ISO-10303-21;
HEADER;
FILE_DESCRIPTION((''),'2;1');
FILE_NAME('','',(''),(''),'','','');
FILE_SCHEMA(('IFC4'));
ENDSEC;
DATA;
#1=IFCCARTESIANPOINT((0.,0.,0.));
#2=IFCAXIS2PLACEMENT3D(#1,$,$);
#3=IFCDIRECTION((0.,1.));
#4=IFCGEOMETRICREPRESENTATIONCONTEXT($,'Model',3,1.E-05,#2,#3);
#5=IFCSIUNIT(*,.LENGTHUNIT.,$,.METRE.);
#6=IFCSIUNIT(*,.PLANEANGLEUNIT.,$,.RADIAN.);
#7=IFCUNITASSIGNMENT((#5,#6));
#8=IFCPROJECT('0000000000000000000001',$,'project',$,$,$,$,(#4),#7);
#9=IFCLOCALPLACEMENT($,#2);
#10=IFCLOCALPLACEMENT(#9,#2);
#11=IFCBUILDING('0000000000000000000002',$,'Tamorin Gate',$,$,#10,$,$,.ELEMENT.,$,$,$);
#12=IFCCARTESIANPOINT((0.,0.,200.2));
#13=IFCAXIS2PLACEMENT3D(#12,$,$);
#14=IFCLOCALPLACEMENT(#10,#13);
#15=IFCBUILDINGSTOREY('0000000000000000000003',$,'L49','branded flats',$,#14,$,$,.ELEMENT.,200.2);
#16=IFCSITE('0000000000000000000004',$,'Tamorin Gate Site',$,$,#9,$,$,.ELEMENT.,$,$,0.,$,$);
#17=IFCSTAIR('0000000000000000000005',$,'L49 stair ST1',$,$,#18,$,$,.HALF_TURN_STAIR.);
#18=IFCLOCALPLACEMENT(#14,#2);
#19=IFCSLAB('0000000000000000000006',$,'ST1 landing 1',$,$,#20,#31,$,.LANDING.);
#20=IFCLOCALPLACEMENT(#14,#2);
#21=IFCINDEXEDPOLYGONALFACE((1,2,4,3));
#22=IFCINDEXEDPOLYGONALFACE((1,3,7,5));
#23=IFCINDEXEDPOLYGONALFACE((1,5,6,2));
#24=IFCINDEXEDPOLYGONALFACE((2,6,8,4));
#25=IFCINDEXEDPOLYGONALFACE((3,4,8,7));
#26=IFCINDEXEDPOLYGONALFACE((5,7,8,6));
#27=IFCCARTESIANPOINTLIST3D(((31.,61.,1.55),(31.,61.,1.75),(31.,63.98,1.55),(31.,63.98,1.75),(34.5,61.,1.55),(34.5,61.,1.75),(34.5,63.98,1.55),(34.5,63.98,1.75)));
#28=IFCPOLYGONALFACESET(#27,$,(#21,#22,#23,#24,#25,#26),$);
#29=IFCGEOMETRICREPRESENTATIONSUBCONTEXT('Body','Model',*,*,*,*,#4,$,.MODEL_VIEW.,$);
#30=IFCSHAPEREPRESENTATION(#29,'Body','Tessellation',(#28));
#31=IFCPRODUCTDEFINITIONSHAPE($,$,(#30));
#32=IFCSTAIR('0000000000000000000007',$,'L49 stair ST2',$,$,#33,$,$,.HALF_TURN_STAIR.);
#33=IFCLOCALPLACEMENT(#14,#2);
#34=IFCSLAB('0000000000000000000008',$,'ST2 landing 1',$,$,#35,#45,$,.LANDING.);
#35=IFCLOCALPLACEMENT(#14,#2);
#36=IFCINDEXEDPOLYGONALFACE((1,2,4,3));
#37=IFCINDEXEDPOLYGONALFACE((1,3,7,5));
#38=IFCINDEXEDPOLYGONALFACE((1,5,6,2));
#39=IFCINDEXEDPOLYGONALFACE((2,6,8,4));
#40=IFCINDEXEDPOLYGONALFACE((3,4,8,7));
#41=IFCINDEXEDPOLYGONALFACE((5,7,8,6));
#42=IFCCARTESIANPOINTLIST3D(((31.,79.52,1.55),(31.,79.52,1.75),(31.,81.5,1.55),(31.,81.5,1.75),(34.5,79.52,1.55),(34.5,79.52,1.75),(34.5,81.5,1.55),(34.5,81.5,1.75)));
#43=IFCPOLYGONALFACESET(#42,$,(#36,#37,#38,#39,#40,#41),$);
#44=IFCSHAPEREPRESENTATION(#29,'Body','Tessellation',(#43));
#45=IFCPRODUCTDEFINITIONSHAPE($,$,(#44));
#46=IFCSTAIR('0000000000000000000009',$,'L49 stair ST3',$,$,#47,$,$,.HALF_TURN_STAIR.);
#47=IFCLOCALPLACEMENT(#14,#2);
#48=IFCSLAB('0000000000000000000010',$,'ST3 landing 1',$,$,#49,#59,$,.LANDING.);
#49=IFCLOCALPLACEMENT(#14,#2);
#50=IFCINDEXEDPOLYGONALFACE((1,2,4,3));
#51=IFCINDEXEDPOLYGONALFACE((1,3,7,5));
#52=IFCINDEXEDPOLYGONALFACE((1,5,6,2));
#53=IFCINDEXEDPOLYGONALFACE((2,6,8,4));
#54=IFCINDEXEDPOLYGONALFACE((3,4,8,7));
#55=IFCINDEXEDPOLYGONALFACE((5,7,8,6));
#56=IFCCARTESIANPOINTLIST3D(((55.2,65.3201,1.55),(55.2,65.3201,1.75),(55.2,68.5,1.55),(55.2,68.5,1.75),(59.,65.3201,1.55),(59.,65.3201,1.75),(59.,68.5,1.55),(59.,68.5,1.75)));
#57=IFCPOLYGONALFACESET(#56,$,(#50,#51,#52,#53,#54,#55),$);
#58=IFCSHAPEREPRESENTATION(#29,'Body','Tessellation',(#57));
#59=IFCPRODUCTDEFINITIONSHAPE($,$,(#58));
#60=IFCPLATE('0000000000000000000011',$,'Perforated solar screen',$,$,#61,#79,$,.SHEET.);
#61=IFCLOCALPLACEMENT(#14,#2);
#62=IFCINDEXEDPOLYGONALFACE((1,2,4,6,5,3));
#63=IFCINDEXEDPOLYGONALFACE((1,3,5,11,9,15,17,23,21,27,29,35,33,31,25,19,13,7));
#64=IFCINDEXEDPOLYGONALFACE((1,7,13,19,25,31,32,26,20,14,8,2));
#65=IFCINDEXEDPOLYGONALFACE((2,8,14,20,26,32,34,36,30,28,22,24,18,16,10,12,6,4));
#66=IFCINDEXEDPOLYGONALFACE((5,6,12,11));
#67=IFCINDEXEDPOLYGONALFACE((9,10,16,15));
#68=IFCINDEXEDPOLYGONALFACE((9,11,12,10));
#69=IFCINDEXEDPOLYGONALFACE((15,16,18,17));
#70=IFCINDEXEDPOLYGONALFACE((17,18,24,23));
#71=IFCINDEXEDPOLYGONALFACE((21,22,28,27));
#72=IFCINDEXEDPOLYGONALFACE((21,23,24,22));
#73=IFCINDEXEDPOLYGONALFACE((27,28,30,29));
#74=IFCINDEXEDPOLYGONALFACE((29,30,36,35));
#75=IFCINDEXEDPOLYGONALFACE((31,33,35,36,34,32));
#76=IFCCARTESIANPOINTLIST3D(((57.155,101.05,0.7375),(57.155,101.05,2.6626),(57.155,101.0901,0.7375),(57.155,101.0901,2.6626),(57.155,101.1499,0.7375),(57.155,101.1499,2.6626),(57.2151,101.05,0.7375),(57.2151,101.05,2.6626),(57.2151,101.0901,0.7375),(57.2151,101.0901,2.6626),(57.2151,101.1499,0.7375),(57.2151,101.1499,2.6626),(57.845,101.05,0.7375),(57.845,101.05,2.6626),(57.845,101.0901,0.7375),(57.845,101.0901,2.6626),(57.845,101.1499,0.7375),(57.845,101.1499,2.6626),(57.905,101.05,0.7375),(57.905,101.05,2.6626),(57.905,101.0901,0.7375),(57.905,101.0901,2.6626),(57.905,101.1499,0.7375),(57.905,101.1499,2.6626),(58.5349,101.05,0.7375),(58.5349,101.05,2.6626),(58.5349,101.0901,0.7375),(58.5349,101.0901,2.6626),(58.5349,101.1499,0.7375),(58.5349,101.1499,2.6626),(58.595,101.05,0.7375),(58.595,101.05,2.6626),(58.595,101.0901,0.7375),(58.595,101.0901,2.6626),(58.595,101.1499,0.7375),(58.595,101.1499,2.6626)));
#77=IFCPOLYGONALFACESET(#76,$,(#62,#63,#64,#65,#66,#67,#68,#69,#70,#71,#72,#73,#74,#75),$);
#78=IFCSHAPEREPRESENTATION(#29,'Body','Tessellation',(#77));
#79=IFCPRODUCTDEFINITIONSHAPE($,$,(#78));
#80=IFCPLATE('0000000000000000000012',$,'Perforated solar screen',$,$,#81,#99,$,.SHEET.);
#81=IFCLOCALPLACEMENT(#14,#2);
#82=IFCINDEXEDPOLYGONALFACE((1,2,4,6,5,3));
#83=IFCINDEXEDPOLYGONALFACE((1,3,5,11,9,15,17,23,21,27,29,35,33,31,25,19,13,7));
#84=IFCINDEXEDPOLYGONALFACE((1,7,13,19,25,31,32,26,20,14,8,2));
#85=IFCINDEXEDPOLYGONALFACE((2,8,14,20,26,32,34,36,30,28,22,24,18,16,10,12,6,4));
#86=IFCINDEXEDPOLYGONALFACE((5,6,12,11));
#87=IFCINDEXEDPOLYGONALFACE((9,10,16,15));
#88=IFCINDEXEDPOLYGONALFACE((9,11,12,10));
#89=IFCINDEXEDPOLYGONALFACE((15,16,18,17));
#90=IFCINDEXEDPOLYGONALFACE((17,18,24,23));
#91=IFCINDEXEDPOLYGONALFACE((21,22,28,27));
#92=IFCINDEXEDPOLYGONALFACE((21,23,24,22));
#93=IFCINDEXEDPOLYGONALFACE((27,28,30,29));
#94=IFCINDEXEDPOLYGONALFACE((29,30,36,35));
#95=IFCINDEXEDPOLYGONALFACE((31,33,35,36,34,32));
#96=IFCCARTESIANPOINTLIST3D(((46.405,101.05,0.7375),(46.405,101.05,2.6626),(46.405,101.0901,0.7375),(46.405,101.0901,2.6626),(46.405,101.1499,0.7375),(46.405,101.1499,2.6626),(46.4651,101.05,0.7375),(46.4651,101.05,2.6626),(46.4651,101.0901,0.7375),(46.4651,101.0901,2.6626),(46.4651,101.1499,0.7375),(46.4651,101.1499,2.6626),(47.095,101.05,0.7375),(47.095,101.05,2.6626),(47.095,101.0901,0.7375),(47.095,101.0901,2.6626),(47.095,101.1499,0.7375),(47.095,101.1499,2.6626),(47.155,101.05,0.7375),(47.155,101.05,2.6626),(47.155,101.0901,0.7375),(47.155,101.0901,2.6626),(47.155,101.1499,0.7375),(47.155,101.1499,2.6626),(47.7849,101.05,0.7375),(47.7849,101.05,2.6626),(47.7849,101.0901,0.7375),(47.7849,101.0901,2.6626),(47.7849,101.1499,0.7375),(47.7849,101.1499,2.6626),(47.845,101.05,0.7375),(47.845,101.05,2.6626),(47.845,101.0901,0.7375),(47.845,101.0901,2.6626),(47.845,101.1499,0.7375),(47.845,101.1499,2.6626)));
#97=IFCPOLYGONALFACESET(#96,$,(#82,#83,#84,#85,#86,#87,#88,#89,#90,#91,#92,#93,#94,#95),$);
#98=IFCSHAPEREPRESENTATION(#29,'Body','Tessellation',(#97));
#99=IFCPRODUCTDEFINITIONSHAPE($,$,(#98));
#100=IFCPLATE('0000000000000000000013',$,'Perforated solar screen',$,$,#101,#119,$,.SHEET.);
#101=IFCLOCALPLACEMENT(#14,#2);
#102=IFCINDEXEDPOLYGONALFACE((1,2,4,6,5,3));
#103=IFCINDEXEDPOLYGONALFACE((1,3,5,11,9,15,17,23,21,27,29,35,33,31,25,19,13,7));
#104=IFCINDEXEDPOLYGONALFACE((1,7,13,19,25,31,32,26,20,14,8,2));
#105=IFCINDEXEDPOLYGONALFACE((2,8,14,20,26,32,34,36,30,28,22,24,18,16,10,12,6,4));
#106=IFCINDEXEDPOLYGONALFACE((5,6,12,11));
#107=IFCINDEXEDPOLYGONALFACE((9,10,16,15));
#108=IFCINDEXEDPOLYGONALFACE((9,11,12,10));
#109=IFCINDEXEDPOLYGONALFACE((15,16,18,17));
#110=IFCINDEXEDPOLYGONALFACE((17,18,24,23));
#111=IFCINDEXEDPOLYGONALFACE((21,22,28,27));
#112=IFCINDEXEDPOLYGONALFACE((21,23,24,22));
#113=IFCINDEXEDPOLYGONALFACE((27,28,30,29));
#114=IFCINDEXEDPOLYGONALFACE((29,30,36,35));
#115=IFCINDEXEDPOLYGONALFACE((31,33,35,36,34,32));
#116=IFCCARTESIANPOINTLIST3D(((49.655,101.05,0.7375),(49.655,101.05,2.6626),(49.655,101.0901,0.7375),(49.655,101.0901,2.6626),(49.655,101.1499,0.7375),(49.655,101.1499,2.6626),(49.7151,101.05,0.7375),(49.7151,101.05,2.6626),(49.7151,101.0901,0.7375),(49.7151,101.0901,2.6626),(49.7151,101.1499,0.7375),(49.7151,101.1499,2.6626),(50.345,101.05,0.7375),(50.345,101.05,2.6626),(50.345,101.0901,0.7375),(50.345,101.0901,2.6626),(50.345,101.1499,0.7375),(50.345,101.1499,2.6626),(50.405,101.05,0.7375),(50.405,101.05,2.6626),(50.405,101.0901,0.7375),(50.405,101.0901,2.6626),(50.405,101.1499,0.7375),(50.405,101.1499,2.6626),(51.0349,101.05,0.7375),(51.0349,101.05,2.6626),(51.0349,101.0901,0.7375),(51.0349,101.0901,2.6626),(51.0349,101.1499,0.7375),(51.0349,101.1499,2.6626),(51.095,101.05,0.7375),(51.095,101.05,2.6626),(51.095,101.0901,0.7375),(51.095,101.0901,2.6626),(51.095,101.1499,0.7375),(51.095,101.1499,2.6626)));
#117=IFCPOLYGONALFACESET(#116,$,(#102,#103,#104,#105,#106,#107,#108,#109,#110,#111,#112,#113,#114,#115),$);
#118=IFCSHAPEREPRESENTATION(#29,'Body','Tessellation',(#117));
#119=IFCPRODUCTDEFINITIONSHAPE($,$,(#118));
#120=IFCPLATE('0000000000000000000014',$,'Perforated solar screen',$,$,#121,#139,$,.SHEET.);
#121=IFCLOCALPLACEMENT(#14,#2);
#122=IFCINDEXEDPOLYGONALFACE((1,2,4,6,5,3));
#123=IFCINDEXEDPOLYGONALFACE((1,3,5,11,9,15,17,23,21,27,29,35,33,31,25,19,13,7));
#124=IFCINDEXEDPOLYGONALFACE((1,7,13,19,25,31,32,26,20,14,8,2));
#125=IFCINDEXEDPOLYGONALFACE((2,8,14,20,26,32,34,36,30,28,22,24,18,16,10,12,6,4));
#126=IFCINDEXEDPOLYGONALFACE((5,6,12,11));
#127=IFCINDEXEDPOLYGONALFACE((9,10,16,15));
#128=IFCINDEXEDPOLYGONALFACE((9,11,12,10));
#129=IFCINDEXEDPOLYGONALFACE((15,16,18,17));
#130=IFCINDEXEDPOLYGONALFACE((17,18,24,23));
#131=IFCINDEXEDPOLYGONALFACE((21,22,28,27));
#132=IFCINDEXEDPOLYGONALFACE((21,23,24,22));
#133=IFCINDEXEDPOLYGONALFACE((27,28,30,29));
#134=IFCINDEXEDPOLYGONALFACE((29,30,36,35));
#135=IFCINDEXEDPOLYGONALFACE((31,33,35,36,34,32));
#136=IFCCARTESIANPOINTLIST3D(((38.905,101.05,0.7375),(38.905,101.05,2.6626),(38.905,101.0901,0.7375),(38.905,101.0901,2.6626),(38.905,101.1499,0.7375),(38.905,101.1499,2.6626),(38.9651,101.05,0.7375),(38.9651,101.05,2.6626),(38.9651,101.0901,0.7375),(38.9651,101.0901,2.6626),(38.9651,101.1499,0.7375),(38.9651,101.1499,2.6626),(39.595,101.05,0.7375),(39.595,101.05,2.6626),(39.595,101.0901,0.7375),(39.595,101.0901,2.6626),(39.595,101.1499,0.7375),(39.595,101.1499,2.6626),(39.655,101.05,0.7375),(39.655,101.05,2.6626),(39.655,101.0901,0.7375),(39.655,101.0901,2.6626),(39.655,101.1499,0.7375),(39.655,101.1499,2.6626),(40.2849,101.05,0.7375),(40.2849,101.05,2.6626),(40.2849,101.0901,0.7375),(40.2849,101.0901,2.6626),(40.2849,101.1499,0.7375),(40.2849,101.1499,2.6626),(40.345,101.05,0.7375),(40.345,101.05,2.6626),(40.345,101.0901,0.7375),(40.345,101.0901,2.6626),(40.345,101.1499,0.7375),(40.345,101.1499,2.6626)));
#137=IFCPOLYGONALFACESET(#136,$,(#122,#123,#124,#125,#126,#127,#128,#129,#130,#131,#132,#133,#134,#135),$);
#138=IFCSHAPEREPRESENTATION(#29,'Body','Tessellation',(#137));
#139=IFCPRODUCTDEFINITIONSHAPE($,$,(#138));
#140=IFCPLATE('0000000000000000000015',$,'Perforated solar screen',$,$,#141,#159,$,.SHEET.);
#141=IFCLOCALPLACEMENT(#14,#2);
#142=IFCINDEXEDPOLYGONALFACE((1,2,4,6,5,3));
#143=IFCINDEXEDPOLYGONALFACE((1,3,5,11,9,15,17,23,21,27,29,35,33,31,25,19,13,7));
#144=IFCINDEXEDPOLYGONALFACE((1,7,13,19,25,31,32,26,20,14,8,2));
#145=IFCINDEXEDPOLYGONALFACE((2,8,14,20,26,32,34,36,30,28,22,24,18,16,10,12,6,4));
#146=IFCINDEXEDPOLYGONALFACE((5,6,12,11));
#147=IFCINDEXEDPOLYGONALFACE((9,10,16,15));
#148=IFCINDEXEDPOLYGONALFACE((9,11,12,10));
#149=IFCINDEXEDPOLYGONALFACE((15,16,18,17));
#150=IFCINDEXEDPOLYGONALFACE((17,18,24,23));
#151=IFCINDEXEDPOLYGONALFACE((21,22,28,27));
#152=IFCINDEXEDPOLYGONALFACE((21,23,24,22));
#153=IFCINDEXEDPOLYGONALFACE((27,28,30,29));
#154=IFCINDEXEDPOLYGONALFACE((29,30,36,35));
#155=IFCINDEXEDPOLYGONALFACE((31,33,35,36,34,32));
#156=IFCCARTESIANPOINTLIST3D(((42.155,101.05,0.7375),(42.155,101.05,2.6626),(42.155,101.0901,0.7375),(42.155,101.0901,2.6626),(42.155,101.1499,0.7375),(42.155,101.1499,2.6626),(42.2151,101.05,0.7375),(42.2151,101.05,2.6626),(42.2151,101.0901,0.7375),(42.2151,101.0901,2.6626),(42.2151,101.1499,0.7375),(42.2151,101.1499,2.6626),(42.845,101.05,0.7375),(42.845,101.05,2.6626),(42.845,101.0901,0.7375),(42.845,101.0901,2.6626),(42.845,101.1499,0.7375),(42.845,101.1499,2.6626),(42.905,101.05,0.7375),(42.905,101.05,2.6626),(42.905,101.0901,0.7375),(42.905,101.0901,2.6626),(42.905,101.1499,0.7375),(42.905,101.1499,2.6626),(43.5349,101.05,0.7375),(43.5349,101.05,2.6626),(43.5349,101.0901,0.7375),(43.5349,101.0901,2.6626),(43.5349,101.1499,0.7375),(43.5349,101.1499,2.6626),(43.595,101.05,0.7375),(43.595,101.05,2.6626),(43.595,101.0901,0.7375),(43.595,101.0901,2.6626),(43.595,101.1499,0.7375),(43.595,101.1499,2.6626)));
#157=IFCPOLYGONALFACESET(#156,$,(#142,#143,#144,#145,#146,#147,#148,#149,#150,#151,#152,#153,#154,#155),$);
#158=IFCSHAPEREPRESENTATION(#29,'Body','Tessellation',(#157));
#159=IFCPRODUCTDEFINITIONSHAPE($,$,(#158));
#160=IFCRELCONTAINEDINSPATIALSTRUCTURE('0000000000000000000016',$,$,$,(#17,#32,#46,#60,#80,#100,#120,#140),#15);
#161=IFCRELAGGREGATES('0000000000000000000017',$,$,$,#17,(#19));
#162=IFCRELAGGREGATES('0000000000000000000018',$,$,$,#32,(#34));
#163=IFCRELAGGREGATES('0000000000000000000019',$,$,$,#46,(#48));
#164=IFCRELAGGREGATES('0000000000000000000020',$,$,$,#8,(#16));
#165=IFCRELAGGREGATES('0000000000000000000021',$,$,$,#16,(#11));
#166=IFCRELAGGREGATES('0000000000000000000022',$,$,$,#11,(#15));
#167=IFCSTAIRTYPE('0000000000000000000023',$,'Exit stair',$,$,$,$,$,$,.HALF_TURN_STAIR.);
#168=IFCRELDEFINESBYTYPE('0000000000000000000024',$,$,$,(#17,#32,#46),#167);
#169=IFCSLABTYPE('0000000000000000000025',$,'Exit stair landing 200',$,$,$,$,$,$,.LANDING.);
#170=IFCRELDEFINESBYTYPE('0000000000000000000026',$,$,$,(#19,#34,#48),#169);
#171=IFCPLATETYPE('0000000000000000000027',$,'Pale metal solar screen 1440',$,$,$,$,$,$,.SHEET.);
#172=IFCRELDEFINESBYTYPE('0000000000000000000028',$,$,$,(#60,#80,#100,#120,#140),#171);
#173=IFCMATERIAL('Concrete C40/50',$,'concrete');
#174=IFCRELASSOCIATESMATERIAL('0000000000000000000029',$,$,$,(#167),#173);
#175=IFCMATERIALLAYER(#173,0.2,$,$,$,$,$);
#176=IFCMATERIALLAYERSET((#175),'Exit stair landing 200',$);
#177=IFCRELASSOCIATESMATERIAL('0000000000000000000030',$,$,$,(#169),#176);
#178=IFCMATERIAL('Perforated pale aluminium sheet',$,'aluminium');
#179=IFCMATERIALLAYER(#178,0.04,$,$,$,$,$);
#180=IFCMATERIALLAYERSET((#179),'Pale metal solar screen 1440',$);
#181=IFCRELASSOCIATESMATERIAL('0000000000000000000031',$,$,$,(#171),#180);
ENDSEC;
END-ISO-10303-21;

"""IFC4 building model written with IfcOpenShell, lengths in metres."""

from ifc_helpers import new_model, si_unit, direction, frame, origin, place, context, subcontext, project, spatial, polyline, outline, extrude, material, layer, layer_set, type_object, element, aggregate, save


model = new_model("IFC4")

# Units and contexts
model_context = context("Model", 3, precision=1e-05, world=origin(), true_north=direction((0.0, 1.0)))
body_context = subcontext(model_context, "Body", "Model", "MODEL_VIEW")
ifc_project = project(units=[si_unit("LENGTHUNIT", "METRE"), si_unit("PLANEANGLEUNIT", "RADIAN")], contexts=[model_context])

# Site, building, storey
site_placement = place(None, origin())
site = spatial("IfcSite", under=ifc_project, at=site_placement, Name="Tamorin Gate Site", CompositionType="ELEMENT", RefElevation=0.0)
building_placement = place(site_placement, origin())
building = spatial("IfcBuilding", under=site, at=building_placement, Name="Tamorin Gate", CompositionType="ELEMENT")
storey_placement = place(building_placement, frame((0.0, 0.0, 200.2)))
storey = spatial("IfcBuildingStorey", under=building, at=storey_placement, Name="L49", Description="branded flats", CompositionType="ELEMENT", Elevation=200.2)

# Stairs, slabs
ifc_material_1 = material(Name="Concrete C40/50", Category="concrete")
stair_type = type_object("IfcStairType", Name="Exit stair", PredefinedType="HALF_TURN_STAIR", material=ifc_material_1)
stair_1_placement = place(storey_placement, origin())
stair_1 = element("IfcStair", 1, at=stair_1_placement, inside=storey, type_object=stair_type, Name="L49 stair ST1", PredefinedType="HALF_TURN_STAIR")
ifc_layer_1 = layer(ifc_material_1, 0.2)
ifc_layer_set_1 = layer_set([ifc_layer_1], Name="Exit stair landing 200")
slab_type = type_object("IfcSlabType", Name="Exit stair landing 200", PredefinedType="LANDING", material=ifc_layer_set_1)
slab_1_placement = place(storey_placement, frame((0.0, 0.0, 1.55)))
slab_1 = element("IfcSlab", 2, at=slab_1_placement, type_object=slab_type, Name="ST1 landing 1", PredefinedType="LANDING", context=body_context, shape_type="SweptSolid", body=[
    extrude(outline(polyline([(31.0, 63.98), (31.0, 61.0), (34.5, 61.0), (34.5, 63.98), (31.0, 63.98)])), origin(), (0.0, 0.0, 1.0), 0.2),
])
aggregate(stair_1, [slab_1])
stair_2_placement = place(storey_placement, origin())
stair_2 = element("IfcStair", 3, at=stair_2_placement, inside=storey, type_object=stair_type, Name="L49 stair ST2", PredefinedType="HALF_TURN_STAIR")
slab_2_placement = place(storey_placement, frame((0.0, 0.0, 1.55)))
slab_2 = element("IfcSlab", 4, at=slab_2_placement, type_object=slab_type, Name="ST2 landing 1", PredefinedType="LANDING", context=body_context, shape_type="SweptSolid", body=[
    extrude(outline(polyline([(34.5, 79.52), (34.5, 81.5), (31.0, 81.5), (31.0, 79.52), (34.5, 79.52)])), origin(), (0.0, 0.0, 1.0), 0.2),
])
aggregate(stair_2, [slab_2])
stair_3_placement = place(storey_placement, origin())
stair_3 = element("IfcStair", 5, at=stair_3_placement, inside=storey, type_object=stair_type, Name="L49 stair ST3", PredefinedType="HALF_TURN_STAIR")
slab_3_placement = place(storey_placement, frame((0.0, 0.0, 1.55)))
slab_3 = element("IfcSlab", 6, at=slab_3_placement, type_object=slab_type, Name="ST3 landing 1", PredefinedType="LANDING", context=body_context, shape_type="SweptSolid", body=[
    extrude(outline(polyline([(59.0, 65.3201), (59.0, 68.5), (55.2, 68.5), (55.2, 65.3201), (59.0, 65.3201)])), origin(), (0.0, 0.0, 1.0), 0.2),
])
aggregate(stair_3, [slab_3])

# Plates
ifc_material_2 = material(Name="Perforated pale aluminium sheet", Category="aluminium")
ifc_layer_2 = layer(ifc_material_2, 0.04)
ifc_layer_set_2 = layer_set([ifc_layer_2], Name="Pale metal solar screen 1440")
plate_type_1 = type_object("IfcPlateType", Name="Pale metal solar screen 1440", PredefinedType="SHEET", material=ifc_layer_set_2)
plate_1_placement = place(storey_placement, frame((0.0, 0.0, 0.7375)))
element("IfcPlate", 7, at=plate_1_placement, inside=storey, type_object=plate_type_1, Name="Perforated solar screen", PredefinedType="SHEET", context=body_context, shape_type="SweptSolid", body=[
    extrude(outline(polyline([(58.595, 101.0901), (58.595, 101.05), (58.5349, 101.05), (57.905, 101.05), (57.845, 101.05), (57.2151, 101.05), (57.155, 101.05), (57.155, 101.0901), (57.155, 101.1499), (57.2151, 101.1499), (57.2151, 101.0901), (57.845, 101.0901), (57.845, 101.1499), (57.905, 101.1499), (57.905, 101.0901), (58.5349, 101.0901), (58.5349, 101.1499), (58.595, 101.1499), (58.595, 101.0901)])), origin(), (0.0, 0.0, 1.0), 1.925),
])
plate_2_placement = place(storey_placement, frame((0.0, 0.0, 0.7375)))
element("IfcPlate", 8, at=plate_2_placement, inside=storey, type_object=plate_type_1, Name="Perforated solar screen", PredefinedType="SHEET", context=body_context, shape_type="SweptSolid", body=[
    extrude(outline(polyline([(47.845, 101.0901), (47.845, 101.05), (47.7849, 101.05), (47.155, 101.05), (47.095, 101.05), (46.4651, 101.05), (46.405, 101.05), (46.405, 101.0901), (46.405, 101.1499), (46.4651, 101.1499), (46.4651, 101.0901), (47.095, 101.0901), (47.095, 101.1499), (47.155, 101.1499), (47.155, 101.0901), (47.7849, 101.0901), (47.7849, 101.1499), (47.845, 101.1499), (47.845, 101.0901)])), origin(), (0.0, 0.0, 1.0), 1.925),
])
plate_3_placement = place(storey_placement, frame((0.0, 0.0, 0.7375)))
element("IfcPlate", 9, at=plate_3_placement, inside=storey, type_object=plate_type_1, Name="Perforated solar screen", PredefinedType="SHEET", context=body_context, shape_type="SweptSolid", body=[
    extrude(outline(polyline([(51.095, 101.0901), (51.095, 101.05), (51.0349, 101.05), (50.405, 101.05), (50.345, 101.05), (49.7151, 101.05), (49.655, 101.05), (49.655, 101.0901), (49.655, 101.1499), (49.7151, 101.1499), (49.7151, 101.0901), (50.345, 101.0901), (50.345, 101.1499), (50.405, 101.1499), (50.405, 101.0901), (51.0349, 101.0901), (51.0349, 101.1499), (51.095, 101.1499), (51.095, 101.0901)])), origin(), (0.0, 0.0, 1.0), 1.925),
])
plate_4_placement = place(storey_placement, frame((0.0, 0.0, 0.7375)))
element("IfcPlate", 10, at=plate_4_placement, inside=storey, type_object=plate_type_1, Name="Perforated solar screen", PredefinedType="SHEET", context=body_context, shape_type="SweptSolid", body=[
    extrude(outline(polyline([(40.345, 101.0901), (40.345, 101.05), (40.2849, 101.05), (39.655, 101.05), (39.595, 101.05), (38.9651, 101.05), (38.905, 101.05), (38.905, 101.0901), (38.905, 101.1499), (38.9651, 101.1499), (38.9651, 101.0901), (39.595, 101.0901), (39.595, 101.1499), (39.655, 101.1499), (39.655, 101.0901), (40.2849, 101.0901), (40.2849, 101.1499), (40.345, 101.1499), (40.345, 101.0901)])), origin(), (0.0, 0.0, 1.0), 1.925),
])
plate_5_placement = place(storey_placement, frame((0.0, 0.0, 0.7375)))
element("IfcPlate", 11, at=plate_5_placement, inside=storey, type_object=plate_type_1, Name="Perforated solar screen", PredefinedType="SHEET", context=body_context, shape_type="SweptSolid", body=[
    extrude(outline(polyline([(43.595, 101.0901), (43.595, 101.05), (43.5349, 101.05), (42.905, 101.05), (42.845, 101.05), (42.2151, 101.05), (42.155, 101.05), (42.155, 101.0901), (42.155, 101.1499), (42.2151, 101.1499), (42.2151, 101.0901), (42.845, 101.0901), (42.845, 101.1499), (42.905, 101.1499), (42.905, 101.0901), (43.5349, 101.0901), (43.5349, 101.1499), (43.595, 101.1499), (43.595, 101.0901)])), origin(), (0.0, 0.0, 1.0), 1.925),
])

save(model, "model.ifc")
